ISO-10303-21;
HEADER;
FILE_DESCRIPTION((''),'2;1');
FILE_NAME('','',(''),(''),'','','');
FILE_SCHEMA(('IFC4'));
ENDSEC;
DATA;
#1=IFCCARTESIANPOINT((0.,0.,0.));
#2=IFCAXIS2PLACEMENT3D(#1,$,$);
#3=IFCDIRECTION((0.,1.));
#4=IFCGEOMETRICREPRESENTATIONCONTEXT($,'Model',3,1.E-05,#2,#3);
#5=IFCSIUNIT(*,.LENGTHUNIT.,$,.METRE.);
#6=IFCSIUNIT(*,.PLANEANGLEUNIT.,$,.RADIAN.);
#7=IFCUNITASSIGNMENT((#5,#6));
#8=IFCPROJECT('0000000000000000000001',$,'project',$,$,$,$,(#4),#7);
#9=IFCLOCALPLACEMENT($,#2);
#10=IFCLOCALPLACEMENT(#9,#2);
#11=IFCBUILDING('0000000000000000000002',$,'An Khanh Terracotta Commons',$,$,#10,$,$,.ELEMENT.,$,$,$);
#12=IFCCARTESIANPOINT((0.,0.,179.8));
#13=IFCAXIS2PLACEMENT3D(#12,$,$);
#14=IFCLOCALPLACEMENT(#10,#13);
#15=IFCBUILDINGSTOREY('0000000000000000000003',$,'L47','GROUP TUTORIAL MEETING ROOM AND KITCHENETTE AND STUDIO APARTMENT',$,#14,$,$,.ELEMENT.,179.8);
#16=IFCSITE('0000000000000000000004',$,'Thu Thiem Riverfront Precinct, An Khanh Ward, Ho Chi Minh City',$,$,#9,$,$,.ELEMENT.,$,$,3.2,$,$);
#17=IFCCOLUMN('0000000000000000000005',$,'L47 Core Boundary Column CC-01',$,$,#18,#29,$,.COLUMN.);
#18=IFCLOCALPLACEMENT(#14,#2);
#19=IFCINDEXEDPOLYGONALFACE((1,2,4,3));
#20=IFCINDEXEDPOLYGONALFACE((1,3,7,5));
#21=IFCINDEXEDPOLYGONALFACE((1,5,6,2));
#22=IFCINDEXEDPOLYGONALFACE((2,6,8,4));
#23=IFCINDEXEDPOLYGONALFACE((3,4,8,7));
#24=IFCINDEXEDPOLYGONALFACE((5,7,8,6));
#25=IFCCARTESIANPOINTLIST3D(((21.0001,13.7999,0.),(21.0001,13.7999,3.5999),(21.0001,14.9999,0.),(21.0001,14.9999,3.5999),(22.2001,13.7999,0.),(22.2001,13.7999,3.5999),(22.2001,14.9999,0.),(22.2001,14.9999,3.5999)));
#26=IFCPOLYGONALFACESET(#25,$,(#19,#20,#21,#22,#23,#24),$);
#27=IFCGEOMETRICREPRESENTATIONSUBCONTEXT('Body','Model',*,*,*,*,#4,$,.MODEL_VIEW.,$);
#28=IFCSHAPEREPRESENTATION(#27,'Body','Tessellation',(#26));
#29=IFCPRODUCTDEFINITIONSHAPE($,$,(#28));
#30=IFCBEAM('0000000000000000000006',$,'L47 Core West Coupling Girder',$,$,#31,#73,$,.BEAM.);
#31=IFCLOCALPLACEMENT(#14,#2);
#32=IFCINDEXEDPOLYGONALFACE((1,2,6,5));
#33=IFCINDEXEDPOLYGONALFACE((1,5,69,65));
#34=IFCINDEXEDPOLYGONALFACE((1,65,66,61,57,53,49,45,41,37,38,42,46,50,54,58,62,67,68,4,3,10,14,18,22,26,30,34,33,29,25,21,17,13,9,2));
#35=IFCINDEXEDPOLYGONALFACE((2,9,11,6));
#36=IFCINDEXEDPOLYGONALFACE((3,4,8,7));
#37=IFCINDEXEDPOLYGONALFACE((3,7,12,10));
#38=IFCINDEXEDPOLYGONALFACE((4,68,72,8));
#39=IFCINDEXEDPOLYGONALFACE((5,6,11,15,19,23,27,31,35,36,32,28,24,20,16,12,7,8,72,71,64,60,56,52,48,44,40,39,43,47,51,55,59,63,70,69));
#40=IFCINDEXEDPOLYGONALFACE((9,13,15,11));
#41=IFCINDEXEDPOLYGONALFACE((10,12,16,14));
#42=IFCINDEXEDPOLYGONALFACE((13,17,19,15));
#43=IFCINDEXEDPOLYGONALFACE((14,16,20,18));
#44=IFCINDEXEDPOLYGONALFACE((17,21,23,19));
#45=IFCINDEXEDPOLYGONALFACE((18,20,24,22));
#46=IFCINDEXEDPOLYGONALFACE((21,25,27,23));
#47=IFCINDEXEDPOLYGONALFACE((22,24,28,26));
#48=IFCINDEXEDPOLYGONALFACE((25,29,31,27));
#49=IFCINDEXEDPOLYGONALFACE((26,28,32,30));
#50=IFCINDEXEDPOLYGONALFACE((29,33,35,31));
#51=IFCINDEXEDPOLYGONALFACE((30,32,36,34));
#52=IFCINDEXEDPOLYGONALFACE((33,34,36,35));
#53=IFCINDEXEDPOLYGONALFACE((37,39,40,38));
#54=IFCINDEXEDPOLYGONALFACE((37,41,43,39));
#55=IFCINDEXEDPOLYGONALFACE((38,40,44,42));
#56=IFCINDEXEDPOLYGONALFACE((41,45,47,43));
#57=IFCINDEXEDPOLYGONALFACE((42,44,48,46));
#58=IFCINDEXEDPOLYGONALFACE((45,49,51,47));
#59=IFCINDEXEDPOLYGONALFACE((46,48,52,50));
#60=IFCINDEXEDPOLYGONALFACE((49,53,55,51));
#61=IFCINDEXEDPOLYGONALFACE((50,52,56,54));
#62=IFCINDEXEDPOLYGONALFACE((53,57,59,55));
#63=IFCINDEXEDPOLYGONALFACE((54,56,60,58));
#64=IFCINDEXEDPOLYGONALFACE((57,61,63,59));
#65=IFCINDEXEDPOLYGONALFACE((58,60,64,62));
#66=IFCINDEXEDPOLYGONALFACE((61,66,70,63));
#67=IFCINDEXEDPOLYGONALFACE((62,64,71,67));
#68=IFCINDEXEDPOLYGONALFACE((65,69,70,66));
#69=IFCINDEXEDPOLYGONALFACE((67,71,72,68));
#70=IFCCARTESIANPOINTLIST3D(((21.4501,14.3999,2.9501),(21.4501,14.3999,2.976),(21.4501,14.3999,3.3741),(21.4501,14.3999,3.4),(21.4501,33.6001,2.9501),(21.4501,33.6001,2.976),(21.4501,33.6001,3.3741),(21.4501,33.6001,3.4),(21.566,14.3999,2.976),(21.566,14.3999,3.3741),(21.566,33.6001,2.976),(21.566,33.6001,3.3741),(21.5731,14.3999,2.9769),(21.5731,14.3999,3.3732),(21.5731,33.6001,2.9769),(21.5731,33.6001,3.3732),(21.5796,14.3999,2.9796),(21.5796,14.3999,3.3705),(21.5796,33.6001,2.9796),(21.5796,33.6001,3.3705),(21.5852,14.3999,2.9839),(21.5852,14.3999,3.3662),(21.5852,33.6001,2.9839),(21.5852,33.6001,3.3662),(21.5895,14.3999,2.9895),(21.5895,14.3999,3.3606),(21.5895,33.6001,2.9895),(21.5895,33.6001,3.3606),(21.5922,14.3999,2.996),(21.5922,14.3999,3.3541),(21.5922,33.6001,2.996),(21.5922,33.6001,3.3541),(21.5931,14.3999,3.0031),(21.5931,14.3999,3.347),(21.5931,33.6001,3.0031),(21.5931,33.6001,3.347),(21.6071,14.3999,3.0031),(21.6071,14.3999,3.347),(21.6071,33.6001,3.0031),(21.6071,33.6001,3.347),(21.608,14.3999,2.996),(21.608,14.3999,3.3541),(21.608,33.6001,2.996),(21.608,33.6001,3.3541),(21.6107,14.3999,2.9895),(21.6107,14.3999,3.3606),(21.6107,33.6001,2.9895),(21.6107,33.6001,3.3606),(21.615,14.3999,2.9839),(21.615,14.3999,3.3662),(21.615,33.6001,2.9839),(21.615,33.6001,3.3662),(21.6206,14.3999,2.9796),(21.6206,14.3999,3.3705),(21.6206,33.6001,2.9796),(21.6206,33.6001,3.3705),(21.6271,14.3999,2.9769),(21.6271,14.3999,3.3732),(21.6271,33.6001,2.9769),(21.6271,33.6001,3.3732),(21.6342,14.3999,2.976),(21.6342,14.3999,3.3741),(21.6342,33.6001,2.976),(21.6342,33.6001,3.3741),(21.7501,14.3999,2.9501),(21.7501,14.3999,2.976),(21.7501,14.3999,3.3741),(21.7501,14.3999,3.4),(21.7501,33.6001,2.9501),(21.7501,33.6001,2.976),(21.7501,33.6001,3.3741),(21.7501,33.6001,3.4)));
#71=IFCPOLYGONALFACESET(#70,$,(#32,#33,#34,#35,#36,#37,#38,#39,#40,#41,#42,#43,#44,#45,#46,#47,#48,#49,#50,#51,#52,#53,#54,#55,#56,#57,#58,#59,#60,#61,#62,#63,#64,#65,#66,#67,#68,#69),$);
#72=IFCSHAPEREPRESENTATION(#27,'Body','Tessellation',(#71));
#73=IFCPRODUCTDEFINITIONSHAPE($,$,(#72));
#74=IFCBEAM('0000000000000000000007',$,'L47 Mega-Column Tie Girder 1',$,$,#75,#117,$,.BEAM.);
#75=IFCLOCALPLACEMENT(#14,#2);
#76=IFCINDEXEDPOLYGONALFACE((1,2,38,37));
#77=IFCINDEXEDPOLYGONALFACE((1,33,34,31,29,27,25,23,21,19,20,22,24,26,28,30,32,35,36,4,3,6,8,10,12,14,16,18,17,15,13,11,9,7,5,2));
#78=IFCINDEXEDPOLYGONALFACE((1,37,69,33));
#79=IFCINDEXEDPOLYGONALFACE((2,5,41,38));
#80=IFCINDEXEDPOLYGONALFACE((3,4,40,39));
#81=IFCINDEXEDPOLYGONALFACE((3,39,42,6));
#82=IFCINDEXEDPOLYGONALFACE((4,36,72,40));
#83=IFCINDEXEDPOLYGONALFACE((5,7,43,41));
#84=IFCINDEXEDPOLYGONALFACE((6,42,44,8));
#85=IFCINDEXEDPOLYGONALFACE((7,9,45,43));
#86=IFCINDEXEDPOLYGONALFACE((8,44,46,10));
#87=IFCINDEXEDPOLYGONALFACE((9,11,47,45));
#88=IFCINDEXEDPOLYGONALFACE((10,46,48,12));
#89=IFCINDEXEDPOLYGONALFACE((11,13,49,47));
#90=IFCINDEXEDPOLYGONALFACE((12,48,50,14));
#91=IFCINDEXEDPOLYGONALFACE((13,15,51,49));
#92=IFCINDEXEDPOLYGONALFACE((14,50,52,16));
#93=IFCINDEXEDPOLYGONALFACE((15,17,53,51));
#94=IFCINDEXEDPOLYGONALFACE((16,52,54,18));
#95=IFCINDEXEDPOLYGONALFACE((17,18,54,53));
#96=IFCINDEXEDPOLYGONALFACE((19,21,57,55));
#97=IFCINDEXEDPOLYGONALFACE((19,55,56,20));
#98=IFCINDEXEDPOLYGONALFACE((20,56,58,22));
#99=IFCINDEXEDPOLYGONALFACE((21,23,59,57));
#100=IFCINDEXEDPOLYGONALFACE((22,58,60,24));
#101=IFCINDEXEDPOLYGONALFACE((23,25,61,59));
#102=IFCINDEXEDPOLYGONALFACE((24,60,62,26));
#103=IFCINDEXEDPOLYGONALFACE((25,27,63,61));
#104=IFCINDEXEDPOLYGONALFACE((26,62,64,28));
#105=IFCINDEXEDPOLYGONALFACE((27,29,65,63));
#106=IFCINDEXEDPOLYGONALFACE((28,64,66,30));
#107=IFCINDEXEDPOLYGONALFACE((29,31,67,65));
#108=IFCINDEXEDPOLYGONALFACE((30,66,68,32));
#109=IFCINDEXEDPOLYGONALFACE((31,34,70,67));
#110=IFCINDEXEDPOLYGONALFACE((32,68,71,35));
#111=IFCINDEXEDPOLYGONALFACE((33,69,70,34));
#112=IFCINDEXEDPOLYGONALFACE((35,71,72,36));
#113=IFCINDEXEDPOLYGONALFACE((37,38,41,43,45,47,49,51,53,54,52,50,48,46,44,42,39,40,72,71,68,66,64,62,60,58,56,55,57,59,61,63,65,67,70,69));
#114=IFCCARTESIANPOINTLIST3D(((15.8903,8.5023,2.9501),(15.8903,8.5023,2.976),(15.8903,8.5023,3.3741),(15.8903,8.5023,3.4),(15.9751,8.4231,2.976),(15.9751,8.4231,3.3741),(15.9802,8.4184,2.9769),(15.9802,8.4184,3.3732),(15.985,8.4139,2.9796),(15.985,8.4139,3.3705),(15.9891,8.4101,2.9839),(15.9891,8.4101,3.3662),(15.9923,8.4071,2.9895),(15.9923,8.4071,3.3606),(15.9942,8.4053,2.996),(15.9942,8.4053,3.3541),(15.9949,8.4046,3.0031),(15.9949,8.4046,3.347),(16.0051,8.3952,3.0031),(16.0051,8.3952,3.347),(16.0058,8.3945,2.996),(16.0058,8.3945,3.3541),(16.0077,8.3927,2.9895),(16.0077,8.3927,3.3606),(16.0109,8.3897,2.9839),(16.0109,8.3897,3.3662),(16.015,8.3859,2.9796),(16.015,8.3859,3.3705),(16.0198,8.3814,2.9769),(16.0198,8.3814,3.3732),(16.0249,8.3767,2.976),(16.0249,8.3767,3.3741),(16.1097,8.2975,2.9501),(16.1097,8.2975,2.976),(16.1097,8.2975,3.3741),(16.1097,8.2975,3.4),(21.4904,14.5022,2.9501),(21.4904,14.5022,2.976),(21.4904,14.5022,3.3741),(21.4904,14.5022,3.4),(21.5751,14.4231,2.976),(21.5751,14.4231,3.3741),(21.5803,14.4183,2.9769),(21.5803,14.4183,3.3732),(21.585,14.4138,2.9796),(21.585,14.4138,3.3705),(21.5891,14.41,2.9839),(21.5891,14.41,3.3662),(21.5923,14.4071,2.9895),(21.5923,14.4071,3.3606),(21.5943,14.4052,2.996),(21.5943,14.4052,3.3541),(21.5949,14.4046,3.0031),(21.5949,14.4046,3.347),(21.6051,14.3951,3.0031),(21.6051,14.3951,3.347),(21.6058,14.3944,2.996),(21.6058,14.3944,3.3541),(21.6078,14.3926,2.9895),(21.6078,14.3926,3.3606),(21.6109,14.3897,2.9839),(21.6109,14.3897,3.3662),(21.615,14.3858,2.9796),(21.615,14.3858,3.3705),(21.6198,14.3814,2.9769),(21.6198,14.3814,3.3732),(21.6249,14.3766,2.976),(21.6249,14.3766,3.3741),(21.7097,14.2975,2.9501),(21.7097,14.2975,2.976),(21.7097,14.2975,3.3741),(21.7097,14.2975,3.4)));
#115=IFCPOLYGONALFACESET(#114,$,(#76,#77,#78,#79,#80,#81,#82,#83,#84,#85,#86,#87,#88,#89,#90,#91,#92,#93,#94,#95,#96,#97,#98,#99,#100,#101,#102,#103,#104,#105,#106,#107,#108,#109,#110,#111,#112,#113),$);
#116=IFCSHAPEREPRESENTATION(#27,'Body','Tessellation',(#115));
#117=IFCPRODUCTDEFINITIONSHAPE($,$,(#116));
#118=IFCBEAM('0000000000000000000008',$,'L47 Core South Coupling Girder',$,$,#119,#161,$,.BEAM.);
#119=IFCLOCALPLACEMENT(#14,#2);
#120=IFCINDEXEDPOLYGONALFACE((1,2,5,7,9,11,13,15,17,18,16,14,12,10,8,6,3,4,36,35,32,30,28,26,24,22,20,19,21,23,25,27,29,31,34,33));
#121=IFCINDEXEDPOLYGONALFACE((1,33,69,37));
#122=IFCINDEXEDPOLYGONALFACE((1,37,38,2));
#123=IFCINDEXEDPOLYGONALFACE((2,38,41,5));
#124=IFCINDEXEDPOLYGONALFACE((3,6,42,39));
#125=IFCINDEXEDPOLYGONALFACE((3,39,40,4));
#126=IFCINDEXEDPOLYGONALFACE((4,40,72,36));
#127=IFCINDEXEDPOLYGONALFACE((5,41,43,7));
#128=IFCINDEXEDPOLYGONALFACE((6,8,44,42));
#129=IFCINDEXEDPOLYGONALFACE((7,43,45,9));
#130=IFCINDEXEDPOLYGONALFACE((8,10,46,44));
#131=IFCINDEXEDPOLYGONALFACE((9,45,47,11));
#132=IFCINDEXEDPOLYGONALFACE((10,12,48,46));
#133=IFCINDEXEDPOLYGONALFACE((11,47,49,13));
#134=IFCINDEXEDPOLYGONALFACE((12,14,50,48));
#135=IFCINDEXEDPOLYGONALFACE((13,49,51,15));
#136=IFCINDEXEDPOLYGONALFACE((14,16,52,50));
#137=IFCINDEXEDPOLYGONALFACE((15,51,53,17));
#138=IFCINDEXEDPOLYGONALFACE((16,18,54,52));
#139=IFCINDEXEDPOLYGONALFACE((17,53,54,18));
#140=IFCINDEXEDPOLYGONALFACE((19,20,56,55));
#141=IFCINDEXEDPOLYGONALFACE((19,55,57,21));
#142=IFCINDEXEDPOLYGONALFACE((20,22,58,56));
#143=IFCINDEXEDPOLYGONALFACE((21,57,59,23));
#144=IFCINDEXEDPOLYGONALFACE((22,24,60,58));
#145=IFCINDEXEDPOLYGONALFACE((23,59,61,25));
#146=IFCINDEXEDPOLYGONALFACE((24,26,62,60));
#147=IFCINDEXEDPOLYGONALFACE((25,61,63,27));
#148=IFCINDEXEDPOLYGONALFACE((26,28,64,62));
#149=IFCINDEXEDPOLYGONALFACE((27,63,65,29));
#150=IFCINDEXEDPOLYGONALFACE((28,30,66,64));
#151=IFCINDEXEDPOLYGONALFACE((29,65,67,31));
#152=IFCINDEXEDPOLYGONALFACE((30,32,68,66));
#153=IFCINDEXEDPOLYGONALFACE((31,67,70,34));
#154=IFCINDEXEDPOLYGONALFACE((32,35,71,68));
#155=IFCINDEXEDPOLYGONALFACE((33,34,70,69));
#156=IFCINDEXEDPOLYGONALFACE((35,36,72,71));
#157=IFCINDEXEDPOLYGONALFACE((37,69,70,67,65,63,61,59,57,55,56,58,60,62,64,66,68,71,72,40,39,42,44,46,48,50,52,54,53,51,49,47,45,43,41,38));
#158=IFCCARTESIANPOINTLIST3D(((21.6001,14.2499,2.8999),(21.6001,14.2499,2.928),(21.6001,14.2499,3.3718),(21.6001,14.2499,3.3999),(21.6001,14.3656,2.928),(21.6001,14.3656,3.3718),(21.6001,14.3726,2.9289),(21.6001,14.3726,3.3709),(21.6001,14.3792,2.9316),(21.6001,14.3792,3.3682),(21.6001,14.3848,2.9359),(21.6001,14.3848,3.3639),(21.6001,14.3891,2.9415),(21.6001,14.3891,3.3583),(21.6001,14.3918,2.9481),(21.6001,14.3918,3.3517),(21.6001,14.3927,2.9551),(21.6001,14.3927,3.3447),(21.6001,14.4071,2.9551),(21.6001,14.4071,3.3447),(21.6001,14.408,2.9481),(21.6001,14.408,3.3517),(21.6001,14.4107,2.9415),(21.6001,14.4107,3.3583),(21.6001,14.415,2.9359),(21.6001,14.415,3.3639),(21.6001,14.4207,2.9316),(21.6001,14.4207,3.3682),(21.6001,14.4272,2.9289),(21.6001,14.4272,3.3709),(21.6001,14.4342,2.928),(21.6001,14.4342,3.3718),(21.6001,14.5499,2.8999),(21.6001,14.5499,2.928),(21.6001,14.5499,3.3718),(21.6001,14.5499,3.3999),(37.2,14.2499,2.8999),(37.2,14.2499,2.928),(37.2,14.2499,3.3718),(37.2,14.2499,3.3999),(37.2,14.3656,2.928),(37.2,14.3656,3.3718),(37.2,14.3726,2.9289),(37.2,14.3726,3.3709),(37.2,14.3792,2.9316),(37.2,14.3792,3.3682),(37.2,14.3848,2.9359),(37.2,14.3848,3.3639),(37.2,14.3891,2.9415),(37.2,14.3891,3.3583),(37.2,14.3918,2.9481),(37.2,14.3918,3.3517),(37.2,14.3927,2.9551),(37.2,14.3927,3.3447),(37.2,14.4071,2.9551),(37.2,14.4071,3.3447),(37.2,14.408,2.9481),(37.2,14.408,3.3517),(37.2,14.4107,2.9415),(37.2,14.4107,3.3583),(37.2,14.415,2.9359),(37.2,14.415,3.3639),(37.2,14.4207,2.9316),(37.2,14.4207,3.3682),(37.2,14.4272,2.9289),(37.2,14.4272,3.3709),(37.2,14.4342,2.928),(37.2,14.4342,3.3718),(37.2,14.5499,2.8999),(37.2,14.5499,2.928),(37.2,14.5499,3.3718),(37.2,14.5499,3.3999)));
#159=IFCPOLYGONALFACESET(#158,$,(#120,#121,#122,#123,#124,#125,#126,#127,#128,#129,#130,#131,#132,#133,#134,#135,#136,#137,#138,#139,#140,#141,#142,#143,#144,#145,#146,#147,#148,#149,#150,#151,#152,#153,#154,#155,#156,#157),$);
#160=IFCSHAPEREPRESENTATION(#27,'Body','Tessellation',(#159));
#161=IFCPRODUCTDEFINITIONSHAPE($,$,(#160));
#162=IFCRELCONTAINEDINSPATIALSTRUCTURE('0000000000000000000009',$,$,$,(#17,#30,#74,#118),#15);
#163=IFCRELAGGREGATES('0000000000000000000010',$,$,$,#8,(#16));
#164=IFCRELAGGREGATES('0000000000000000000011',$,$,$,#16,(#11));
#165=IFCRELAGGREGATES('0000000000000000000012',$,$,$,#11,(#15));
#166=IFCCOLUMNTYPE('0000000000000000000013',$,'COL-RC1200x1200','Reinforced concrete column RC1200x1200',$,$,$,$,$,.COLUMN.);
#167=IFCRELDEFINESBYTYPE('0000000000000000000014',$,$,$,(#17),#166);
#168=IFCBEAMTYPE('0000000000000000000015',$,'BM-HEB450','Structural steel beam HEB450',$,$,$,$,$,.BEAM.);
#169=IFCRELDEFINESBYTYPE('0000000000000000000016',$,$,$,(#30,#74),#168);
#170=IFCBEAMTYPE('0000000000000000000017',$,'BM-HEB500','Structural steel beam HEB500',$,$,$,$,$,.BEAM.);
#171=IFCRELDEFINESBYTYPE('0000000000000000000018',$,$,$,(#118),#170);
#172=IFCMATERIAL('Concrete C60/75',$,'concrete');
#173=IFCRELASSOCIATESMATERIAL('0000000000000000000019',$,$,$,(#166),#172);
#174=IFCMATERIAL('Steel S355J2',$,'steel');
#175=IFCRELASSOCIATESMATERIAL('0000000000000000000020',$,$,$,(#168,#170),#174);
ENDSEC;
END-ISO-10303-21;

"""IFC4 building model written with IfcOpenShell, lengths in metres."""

from ifc_helpers import new_model, si_unit, direction, frame, origin, origin_2d, place, context, subcontext, project, spatial, rectangle, i_section, extrude, material, material_profile, profile_set, type_object, element, save


model = new_model("IFC4")

# Units and contexts
model_context = context("Model", 3, precision=1e-05, world=origin(), true_north=direction((0.0, 1.0)))
body_context = subcontext(model_context, "Body", "Model", "MODEL_VIEW")
ifc_project = project(units=[si_unit("LENGTHUNIT", "METRE"), si_unit("PLANEANGLEUNIT", "RADIAN")], contexts=[model_context])

# Site, building, storey
site_placement = place(None, origin())
site = spatial("IfcSite", under=ifc_project, at=site_placement, Name="Thu Thiem Riverfront Precinct, An Khanh Ward, Ho Chi Minh City", CompositionType="ELEMENT", RefElevation=3.2)
building_placement = place(site_placement, origin())
building = spatial("IfcBuilding", under=site, at=building_placement, Name="An Khanh Terracotta Commons", CompositionType="ELEMENT")
storey_placement = place(building_placement, frame((0.0, 0.0, 179.8)))
storey = spatial("IfcBuildingStorey", under=building, at=storey_placement, Name="L47", Description="GROUP TUTORIAL MEETING ROOM AND KITCHENETTE AND STUDIO APARTMENT", CompositionType="ELEMENT", Elevation=179.8)

# Column
ifc_material_1 = material(Name="Concrete C60/75", Category="concrete")
ifc_material_profile_1 = material_profile(ifc_material_1, rectangle(XDim=1.2, YDim=1.2, at=origin_2d()), Name="RC1200x1200")
ifc_profile_set_1 = profile_set([ifc_material_profile_1], Name="Concrete C60/75")
column_type = type_object("IfcColumnType", Name="COL-RC1200x1200", Description="Reinforced concrete column RC1200x1200", PredefinedType="COLUMN", material=ifc_profile_set_1)
column_placement = place(storey_placement, frame((21.6001, 14.3999, 0.0), z_axis=(0.0, 0.0, 1.0), x_axis=(1.0, 0.0, 0.0)))
element("IfcColumn", 1, at=column_placement, inside=storey, type_object=column_type, Name="L47 Core Boundary Column CC-01", PredefinedType="COLUMN", context=body_context, shape_type="SweptSolid", body=[
    extrude(rectangle(XDim=1.2, YDim=1.2, at=origin_2d()), origin(), (0.0, 0.0, 1.0), 3.5999),
])

# Beams
ifc_material_2 = material(Name="Steel S355J2", Category="steel")
ifc_material_profile_2 = material_profile(ifc_material_2, i_section(OverallWidth=0.3, OverallDepth=0.45, WebThickness=0.0139, FlangeThickness=0.0259, FilletRadius=0.0271, at=origin_2d()), Name="HEB450")
ifc_profile_set_2 = profile_set([ifc_material_profile_2], Name="Steel S355J2")
beam_type_1 = type_object("IfcBeamType", Name="BM-HEB450", Description="Structural steel beam HEB450", PredefinedType="BEAM", material=ifc_profile_set_2)
beam_1_placement = place(storey_placement, frame((21.6001, 14.3999, 3.175), z_axis=(0.0, 1.0, 0.0), x_axis=(-1.0, 0.0, 0.0)))
element("IfcBeam", 2, at=beam_1_placement, inside=storey, type_object=beam_type_1, Name="L47 Core West Coupling Girder", PredefinedType="BEAM", context=body_context, shape_type="SweptSolid", body=[
    extrude(i_section(OverallWidth=0.3, OverallDepth=0.45, WebThickness=0.0139, FlangeThickness=0.0259, FilletRadius=0.0271, at=origin_2d()), origin(), (0.0, 0.0, 1.0), 19.2002),
])
beam_2_placement = place(storey_placement, frame((16.0, 8.3999, 3.175), z_axis=(0.682325, 0.731049, 0.0), x_axis=(-0.731049, 0.682325, 0.0)))
element("IfcBeam", 3, at=beam_2_placement, inside=storey, type_object=beam_type_1, Name="L47 Mega-Column Tie Girder 1", PredefinedType="BEAM", context=body_context, shape_type="SweptSolid", body=[
    extrude(i_section(OverallWidth=0.3, OverallDepth=0.45, WebThickness=0.0139, FlangeThickness=0.0259, FilletRadius=0.0271, at=origin_2d()), origin(), (0.0, 0.0, 1.0), 8.2073),
])
ifc_material_profile_3 = material_profile(ifc_material_2, i_section(OverallWidth=0.3, OverallDepth=0.5, WebThickness=0.0144, FlangeThickness=0.0281, FilletRadius=0.0271, at=origin_2d()), Name="HEB500")
ifc_profile_set_3 = profile_set([ifc_material_profile_3], Name="Steel S355J2")
beam_type_2 = type_object("IfcBeamType", Name="BM-HEB500", Description="Structural steel beam HEB500", PredefinedType="BEAM", material=ifc_profile_set_3)
beam_3_placement = place(storey_placement, frame((21.6001, 14.3999, 3.1499), z_axis=(1.0, 0.0, 0.0), x_axis=(0.0, 1.0, 0.0)))
element("IfcBeam", 4, at=beam_3_placement, inside=storey, type_object=beam_type_2, Name="L47 Core South Coupling Girder", PredefinedType="BEAM", context=body_context, shape_type="SweptSolid", body=[
    extrude(i_section(OverallWidth=0.3, OverallDepth=0.5, WebThickness=0.0144, FlangeThickness=0.0281, FilletRadius=0.0271, at=origin_2d()), origin(), (0.0, 0.0, 1.0), 15.5999),
])

save(model, "model.ifc")
